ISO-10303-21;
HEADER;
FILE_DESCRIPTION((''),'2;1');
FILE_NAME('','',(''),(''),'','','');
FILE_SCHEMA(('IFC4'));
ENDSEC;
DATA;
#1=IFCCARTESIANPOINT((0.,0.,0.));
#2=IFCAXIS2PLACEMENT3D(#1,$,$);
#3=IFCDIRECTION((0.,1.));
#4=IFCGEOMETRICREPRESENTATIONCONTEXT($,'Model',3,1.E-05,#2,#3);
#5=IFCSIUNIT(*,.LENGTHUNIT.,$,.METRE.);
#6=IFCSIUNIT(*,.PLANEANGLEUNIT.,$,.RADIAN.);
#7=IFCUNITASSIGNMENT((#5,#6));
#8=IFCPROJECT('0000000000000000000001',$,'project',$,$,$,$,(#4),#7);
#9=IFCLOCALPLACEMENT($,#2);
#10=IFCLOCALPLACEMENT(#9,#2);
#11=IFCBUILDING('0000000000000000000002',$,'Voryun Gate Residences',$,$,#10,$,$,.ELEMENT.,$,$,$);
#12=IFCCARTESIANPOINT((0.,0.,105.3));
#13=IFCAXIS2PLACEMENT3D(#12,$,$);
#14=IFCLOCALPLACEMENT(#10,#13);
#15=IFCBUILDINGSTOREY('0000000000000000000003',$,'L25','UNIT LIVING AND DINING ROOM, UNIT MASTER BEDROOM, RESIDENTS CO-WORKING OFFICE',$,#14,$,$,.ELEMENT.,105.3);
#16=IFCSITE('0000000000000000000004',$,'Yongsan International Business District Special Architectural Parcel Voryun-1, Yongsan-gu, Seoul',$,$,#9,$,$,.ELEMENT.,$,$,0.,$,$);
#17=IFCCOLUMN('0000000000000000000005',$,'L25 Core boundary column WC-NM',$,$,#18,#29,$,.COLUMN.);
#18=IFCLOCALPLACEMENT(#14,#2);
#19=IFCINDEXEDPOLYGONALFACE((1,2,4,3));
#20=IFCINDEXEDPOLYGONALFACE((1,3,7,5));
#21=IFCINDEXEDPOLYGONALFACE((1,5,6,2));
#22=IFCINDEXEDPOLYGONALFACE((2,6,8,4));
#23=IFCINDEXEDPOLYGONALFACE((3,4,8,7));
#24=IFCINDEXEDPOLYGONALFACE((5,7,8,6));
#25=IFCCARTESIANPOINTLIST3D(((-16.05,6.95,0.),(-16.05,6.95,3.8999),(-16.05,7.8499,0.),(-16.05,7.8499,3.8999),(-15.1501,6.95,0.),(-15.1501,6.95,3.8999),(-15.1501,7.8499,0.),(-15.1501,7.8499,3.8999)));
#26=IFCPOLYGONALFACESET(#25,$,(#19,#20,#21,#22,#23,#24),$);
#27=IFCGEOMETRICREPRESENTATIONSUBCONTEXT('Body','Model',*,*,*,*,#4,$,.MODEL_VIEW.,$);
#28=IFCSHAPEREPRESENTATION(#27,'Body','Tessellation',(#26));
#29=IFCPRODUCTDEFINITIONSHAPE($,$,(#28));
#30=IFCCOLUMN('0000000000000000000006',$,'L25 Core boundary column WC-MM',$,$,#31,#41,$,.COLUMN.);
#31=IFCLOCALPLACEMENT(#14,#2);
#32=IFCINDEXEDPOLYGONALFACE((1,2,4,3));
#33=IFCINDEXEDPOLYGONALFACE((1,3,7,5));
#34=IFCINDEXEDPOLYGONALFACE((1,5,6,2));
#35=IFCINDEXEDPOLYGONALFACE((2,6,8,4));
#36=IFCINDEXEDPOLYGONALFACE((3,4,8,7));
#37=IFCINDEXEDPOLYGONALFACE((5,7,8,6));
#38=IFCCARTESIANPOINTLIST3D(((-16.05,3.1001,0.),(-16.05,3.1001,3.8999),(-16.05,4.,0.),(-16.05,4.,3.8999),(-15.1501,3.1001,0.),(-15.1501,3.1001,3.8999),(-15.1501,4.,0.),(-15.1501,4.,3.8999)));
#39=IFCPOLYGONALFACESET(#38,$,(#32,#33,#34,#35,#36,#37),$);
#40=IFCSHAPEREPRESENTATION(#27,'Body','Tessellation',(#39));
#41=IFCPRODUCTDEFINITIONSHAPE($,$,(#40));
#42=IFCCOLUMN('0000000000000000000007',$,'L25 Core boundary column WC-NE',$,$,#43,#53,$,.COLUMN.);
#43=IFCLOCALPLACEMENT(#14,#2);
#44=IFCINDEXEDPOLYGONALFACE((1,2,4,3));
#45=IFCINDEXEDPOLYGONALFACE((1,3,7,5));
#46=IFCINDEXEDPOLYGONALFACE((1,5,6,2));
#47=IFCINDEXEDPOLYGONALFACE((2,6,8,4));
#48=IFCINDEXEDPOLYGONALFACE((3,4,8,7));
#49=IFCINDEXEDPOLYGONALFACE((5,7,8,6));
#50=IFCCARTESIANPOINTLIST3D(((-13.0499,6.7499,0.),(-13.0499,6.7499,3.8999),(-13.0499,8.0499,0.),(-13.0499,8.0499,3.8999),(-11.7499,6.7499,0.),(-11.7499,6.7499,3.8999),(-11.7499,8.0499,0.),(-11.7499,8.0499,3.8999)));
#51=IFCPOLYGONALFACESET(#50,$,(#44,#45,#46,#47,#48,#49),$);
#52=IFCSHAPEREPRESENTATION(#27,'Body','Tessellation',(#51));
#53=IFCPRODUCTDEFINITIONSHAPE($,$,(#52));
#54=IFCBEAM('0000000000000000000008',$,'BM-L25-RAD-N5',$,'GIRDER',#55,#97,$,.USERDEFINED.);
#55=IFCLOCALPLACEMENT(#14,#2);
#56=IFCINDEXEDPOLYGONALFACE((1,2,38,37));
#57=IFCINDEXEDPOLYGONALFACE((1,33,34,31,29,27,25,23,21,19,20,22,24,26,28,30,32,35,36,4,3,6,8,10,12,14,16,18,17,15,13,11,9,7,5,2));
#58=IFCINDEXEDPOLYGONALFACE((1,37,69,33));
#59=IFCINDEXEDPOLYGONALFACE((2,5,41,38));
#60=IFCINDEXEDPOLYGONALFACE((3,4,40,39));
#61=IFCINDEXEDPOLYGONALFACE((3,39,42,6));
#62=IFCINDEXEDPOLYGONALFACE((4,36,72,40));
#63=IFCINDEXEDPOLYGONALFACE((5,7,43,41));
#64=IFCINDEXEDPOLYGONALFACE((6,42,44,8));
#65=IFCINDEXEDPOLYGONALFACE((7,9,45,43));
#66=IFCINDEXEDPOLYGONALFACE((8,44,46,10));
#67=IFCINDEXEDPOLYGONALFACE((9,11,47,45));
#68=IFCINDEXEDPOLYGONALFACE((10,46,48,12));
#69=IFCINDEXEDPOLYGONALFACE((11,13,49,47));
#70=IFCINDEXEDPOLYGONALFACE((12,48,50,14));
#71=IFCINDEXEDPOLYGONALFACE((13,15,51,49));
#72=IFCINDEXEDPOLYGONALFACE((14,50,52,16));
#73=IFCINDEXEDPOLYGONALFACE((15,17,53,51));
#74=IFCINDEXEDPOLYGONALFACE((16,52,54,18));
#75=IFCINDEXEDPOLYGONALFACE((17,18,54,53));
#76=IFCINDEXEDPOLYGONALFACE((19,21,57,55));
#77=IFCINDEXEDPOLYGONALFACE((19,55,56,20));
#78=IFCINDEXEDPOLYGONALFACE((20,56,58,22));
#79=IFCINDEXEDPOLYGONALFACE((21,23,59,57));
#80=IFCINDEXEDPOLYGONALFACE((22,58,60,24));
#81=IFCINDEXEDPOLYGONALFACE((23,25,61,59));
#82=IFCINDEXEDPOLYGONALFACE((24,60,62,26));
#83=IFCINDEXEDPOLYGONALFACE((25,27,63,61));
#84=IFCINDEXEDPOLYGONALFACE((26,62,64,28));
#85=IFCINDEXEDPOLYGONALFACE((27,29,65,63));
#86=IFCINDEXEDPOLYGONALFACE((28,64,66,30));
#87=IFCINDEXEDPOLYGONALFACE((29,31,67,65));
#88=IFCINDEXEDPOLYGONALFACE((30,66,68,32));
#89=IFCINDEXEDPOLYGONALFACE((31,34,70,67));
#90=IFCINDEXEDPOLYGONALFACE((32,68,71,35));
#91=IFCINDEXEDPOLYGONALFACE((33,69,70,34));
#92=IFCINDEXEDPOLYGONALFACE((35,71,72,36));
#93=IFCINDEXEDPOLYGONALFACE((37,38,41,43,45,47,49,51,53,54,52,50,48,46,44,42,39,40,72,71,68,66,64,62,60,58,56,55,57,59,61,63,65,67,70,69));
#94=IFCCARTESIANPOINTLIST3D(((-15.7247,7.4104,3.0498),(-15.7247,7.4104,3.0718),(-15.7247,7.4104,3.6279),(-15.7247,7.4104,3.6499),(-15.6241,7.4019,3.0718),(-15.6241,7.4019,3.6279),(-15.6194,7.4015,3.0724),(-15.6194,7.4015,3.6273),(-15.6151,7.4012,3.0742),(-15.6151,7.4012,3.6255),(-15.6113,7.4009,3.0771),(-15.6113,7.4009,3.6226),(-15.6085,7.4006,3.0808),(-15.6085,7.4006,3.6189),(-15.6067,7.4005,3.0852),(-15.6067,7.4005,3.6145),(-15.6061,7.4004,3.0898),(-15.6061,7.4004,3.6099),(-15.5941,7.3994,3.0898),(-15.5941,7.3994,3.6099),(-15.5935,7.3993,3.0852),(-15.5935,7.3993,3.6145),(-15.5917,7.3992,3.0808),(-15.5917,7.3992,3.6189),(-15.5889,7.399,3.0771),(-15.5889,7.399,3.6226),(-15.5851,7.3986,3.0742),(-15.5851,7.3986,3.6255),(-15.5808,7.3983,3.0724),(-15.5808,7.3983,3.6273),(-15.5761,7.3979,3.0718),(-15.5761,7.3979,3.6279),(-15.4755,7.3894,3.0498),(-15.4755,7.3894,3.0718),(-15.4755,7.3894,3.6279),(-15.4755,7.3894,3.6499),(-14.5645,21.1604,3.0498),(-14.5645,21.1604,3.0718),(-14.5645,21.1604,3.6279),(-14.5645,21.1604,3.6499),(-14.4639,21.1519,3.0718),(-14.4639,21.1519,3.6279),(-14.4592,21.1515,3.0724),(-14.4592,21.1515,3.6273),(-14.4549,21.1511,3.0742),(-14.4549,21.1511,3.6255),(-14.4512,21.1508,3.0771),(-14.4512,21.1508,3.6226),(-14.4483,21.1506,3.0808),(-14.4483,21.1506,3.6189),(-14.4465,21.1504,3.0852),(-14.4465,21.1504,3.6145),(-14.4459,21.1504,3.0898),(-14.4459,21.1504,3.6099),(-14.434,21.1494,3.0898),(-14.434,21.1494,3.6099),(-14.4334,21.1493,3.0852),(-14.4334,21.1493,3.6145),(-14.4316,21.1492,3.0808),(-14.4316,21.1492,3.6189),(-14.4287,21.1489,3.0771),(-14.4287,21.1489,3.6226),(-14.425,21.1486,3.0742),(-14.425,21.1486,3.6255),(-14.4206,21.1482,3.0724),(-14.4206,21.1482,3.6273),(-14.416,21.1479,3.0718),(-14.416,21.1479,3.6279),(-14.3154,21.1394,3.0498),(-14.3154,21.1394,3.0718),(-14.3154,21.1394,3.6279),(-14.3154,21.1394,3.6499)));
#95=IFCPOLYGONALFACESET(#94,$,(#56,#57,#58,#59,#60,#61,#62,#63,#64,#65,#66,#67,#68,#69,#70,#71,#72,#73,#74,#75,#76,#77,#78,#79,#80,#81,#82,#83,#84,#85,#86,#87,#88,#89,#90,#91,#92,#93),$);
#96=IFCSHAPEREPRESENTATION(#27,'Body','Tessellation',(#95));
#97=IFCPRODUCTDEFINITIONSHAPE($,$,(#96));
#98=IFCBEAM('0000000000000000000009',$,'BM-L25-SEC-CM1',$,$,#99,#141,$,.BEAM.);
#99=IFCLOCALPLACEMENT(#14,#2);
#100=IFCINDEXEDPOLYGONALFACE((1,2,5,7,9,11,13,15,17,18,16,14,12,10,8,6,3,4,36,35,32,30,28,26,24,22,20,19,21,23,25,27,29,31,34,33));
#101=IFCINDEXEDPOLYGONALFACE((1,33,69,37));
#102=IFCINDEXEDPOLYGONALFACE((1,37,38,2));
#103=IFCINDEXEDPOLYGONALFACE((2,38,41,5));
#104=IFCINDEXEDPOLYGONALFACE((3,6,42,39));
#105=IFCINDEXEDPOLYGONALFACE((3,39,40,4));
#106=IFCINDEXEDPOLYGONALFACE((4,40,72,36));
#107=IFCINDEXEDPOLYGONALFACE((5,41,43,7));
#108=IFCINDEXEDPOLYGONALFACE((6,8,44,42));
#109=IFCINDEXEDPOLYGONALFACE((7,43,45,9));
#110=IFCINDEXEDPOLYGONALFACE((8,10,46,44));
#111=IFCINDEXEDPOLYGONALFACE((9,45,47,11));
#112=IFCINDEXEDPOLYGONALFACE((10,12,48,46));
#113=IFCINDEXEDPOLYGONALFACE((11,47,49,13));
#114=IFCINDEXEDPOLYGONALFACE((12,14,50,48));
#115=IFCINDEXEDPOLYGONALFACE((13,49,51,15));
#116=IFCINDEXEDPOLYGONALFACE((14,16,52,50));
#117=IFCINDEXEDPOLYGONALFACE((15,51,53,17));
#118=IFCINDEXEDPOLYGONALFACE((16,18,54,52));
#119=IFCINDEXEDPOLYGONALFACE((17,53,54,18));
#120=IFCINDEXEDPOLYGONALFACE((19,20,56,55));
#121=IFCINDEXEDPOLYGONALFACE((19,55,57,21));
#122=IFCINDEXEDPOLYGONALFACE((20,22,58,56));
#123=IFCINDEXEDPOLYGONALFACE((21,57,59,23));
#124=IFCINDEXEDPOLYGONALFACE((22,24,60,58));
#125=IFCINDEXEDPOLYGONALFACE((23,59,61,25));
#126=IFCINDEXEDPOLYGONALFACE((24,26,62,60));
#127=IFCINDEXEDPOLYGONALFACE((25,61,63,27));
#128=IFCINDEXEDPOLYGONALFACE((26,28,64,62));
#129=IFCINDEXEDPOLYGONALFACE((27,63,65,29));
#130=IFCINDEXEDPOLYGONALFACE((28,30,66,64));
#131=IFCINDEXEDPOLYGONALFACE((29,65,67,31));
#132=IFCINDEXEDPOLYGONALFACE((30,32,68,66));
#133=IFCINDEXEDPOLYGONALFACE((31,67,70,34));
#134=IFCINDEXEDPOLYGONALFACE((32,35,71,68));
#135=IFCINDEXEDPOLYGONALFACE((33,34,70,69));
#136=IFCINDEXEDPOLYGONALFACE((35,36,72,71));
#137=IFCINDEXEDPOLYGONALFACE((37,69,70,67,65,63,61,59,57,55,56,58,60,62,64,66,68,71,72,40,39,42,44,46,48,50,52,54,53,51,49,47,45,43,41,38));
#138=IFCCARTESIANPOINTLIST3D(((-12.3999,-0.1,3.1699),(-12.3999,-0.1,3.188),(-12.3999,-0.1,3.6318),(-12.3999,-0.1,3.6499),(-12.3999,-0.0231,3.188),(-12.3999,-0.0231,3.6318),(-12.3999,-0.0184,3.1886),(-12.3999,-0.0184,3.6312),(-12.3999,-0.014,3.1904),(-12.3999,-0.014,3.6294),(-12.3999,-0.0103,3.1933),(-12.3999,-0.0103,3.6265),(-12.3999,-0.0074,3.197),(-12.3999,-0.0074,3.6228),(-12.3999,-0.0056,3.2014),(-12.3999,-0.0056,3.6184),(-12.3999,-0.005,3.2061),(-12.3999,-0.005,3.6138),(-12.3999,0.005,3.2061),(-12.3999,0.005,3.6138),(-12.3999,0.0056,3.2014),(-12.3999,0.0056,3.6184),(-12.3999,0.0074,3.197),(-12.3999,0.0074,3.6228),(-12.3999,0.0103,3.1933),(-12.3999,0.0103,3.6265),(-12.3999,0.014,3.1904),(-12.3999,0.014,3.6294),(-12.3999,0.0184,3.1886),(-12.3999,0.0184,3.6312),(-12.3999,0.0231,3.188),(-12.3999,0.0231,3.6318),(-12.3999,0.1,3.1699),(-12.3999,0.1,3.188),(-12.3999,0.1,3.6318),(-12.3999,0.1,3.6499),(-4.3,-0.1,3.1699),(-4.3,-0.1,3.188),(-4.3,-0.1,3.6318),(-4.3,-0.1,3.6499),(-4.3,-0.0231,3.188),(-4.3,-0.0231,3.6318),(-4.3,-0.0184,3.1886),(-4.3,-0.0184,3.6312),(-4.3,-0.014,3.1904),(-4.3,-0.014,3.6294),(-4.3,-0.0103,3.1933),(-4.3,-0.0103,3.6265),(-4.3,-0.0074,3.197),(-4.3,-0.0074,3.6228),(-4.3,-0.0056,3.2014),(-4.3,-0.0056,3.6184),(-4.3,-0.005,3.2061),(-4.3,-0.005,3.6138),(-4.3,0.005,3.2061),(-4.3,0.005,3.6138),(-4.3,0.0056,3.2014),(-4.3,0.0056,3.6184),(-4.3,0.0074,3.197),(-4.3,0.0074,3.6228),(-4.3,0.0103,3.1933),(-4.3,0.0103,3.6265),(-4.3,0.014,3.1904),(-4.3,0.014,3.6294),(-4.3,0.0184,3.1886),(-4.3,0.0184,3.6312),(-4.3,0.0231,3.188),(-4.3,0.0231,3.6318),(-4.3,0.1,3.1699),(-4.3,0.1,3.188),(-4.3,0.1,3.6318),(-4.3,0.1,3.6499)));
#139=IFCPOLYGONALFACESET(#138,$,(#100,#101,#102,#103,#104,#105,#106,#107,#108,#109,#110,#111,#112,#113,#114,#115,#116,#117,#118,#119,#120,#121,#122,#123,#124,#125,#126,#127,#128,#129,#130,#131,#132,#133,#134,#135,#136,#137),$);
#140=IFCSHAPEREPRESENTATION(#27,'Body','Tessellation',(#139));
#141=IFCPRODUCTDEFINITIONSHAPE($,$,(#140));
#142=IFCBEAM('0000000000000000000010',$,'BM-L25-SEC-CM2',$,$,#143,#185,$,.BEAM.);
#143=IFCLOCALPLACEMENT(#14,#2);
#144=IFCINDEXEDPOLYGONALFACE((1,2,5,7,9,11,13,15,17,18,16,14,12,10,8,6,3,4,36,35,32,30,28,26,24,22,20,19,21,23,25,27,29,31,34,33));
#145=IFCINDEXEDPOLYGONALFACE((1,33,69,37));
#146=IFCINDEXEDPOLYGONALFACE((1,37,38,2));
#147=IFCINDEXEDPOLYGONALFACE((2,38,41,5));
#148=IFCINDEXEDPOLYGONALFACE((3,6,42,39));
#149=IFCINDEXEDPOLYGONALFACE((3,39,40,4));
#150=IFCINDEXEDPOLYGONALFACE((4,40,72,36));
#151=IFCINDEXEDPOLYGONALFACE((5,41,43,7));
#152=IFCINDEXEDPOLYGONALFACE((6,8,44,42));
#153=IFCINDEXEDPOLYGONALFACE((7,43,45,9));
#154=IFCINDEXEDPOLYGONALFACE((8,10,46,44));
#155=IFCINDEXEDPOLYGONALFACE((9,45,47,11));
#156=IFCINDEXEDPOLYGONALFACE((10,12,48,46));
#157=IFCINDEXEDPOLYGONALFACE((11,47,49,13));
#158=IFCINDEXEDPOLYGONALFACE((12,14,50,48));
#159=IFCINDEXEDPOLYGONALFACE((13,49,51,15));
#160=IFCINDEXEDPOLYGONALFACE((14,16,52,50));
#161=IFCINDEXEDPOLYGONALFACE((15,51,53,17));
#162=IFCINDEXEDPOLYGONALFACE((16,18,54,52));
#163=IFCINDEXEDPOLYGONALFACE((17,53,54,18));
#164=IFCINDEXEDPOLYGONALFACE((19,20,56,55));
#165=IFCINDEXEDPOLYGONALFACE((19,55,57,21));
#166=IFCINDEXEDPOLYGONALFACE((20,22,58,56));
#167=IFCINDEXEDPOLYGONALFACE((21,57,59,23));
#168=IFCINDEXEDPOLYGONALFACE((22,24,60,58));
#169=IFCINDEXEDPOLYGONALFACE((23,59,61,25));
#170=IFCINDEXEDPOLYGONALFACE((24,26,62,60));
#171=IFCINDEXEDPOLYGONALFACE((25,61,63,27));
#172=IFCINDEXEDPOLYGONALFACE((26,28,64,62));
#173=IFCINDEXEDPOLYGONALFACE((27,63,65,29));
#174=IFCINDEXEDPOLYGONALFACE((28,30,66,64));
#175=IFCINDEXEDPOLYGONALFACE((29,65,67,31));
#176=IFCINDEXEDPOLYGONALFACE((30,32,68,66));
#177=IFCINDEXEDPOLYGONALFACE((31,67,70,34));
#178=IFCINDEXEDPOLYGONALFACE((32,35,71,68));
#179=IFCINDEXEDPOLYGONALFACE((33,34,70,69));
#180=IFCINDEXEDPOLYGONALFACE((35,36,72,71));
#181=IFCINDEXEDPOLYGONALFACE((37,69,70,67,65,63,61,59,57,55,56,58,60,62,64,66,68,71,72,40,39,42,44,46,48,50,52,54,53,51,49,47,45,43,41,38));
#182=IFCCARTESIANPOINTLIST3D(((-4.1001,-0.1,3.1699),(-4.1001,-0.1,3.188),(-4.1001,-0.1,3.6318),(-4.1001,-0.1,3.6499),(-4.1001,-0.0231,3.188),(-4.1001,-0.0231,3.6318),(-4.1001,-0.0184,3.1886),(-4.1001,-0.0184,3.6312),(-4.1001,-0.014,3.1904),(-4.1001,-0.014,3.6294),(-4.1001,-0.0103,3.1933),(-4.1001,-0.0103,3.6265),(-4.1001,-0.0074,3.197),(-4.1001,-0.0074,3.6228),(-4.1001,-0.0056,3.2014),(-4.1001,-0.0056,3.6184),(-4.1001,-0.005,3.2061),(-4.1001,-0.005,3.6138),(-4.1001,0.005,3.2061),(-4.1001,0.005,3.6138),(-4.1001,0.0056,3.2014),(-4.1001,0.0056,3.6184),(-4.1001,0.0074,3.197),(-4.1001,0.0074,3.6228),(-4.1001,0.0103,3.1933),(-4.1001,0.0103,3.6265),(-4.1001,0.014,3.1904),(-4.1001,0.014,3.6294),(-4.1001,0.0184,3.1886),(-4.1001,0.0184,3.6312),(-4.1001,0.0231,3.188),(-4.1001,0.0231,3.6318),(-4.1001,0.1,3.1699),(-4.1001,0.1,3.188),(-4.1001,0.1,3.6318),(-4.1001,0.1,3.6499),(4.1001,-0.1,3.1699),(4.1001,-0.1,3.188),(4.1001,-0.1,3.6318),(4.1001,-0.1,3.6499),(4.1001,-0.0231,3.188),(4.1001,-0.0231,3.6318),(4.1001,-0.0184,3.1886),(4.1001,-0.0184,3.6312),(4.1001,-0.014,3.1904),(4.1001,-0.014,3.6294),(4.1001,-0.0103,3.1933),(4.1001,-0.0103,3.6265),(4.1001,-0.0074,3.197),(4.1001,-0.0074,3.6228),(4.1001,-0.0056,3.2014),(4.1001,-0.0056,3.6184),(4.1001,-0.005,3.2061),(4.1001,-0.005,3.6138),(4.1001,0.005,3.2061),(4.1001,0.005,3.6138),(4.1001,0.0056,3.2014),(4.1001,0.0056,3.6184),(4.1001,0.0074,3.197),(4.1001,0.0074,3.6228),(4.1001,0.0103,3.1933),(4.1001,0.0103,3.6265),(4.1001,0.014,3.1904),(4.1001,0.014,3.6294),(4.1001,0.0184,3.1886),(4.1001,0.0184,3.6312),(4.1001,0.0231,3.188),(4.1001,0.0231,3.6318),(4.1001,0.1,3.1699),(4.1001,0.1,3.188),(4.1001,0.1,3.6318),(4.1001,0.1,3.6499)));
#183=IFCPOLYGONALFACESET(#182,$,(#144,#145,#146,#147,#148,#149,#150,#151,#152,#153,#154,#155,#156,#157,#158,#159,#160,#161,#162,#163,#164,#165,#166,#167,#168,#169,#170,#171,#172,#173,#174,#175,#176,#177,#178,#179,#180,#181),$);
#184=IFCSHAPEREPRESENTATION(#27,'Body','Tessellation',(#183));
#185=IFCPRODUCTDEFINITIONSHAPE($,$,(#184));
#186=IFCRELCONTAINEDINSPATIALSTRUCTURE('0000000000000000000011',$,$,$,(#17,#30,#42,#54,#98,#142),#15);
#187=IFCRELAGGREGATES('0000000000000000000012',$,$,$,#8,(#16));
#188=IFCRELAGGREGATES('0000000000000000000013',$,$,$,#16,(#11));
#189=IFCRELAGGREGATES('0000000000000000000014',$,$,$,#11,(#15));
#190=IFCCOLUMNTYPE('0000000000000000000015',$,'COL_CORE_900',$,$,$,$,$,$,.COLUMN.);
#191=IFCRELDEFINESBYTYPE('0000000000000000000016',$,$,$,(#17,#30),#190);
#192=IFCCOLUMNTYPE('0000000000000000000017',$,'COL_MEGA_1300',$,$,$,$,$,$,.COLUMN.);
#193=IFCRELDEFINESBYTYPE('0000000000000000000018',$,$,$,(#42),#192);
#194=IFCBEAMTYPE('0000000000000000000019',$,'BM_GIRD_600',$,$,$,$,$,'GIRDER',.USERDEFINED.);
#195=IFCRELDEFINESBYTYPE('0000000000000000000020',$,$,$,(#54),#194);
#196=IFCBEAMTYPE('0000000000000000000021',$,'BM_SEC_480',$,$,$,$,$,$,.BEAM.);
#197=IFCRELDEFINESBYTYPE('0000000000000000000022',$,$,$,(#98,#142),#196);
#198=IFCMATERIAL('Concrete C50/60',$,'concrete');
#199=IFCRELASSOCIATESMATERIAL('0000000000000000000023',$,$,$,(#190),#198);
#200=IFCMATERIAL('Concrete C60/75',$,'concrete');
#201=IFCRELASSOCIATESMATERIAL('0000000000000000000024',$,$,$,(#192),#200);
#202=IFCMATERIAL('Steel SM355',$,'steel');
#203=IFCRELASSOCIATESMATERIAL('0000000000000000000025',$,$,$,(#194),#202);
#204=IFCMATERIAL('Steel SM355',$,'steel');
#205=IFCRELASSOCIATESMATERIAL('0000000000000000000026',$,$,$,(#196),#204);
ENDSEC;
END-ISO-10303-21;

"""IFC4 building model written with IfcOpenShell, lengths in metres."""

from ifc_helpers import new_model, si_unit, direction, frame, origin, origin_2d, place, context, subcontext, project, spatial, rectangle, i_section, extrude, material, material_profile, profile_set, type_object, element, save


model = new_model("IFC4")

# Units and contexts
model_context = context("Model", 3, precision=1e-05, world=origin(), true_north=direction((0.0, 1.0)))
body_context = subcontext(model_context, "Body", "Model", "MODEL_VIEW")
ifc_project = project(units=[si_unit("LENGTHUNIT", "METRE"), si_unit("PLANEANGLEUNIT", "RADIAN")], contexts=[model_context])

# Site, building, storey
site_placement = place(None, origin())
site = spatial("IfcSite", under=ifc_project, at=site_placement, Name="Yongsan International Business District Special Architectural Parcel Voryun-1, Yongsan-gu, Seoul", CompositionType="ELEMENT", RefElevation=0.0)
building_placement = place(site_placement, origin())
building = spatial("IfcBuilding", under=site, at=building_placement, Name="Voryun Gate Residences", CompositionType="ELEMENT")
storey_placement = place(building_placement, frame((0.0, 0.0, 105.3)))
storey = spatial("IfcBuildingStorey", under=building, at=storey_placement, Name="L25", Description="UNIT LIVING AND DINING ROOM, UNIT MASTER BEDROOM, RESIDENTS CO-WORKING OFFICE", CompositionType="ELEMENT", Elevation=105.3)

# Columns
ifc_material_1 = material(Name="Concrete C50/60", Category="concrete")
ifc_material_profile_1 = material_profile(ifc_material_1, rectangle(XDim=0.8999, YDim=0.8999, at=origin_2d()), Name="RC-900x900")
ifc_profile_set_1 = profile_set([ifc_material_profile_1], Name="Concrete C50/60")
column_type_1 = type_object("IfcColumnType", Name="COL_CORE_900", PredefinedType="COLUMN", material=ifc_profile_set_1)
for number, where, z_axis, x_axis, name in (
    (1, (-15.6001, 7.3999, 0.0), (0.0, 0.0, 1.0), (1.0, 0.0, 0.0), "L25 Core boundary column WC-NM"),
    (2, (-15.6001, 3.55, 0.0), (0.0, 0.0, 1.0), (1.0, 0.0, 0.0), "L25 Core boundary column WC-MM"),
):
    element("IfcColumn", number, at=place(storey_placement, frame(where, z_axis=z_axis, x_axis=x_axis)), inside=storey, type_object=column_type_1, Name=name, PredefinedType="COLUMN", context=body_context, shape_type="SweptSolid", body=[
        extrude(rectangle(XDim=0.8999, YDim=0.8999, at=origin_2d()), origin(), (0.0, 0.0, 1.0), 3.8999),
    ])
ifc_material_2 = material(Name="Concrete C60/75", Category="concrete")
ifc_material_profile_2 = material_profile(ifc_material_2, rectangle(XDim=1.3, YDim=1.3, at=origin_2d()), Name="RC-1300x1300")
ifc_profile_set_2 = profile_set([ifc_material_profile_2], Name="Concrete C60/75")
column_type_2 = type_object("IfcColumnType", Name="COL_MEGA_1300", PredefinedType="COLUMN", material=ifc_profile_set_2)
column_placement = place(storey_placement, frame((-12.3999, 7.3999, 0.0), z_axis=(0.0, 0.0, 1.0), x_axis=(1.0, 0.0, 0.0)))
element("IfcColumn", 3, at=column_placement, inside=storey, type_object=column_type_2, Name="L25 Core boundary column WC-NE", PredefinedType="COLUMN", context=body_context, shape_type="SweptSolid", body=[
    extrude(rectangle(XDim=1.3, YDim=1.3, at=origin_2d()), origin(), (0.0, 0.0, 1.0), 3.8999),
])

# Beams
ifc_material_3 = material(Name="Steel SM355", Category="steel")
ifc_material_profile_3 = material_profile(ifc_material_3, i_section(OverallWidth=0.25, OverallDepth=0.6001, WebThickness=0.012, FlangeThickness=0.022, FilletRadius=0.0181, at=origin_2d()), Name="H-600x250x12x22")
ifc_profile_set_3 = profile_set([ifc_material_profile_3], Name="Steel SM355")
beam_type_1 = type_object("IfcBeamType", Name="BM_GIRD_600", ElementType="GIRDER", PredefinedType="USERDEFINED", material=ifc_profile_set_3)
beam_1_placement = place(storey_placement, frame((-15.6001, 7.3999, 3.3499), z_axis=(0.084076, 0.996459, 0.0), x_axis=(-0.996459, 0.084076, 0.0)))
element("IfcBeam", 4, at=beam_1_placement, inside=storey, type_object=beam_type_1, Name="BM-L25-RAD-N5", ObjectType="GIRDER", PredefinedType="USERDEFINED", context=body_context, shape_type="SweptSolid", body=[
    extrude(i_section(OverallWidth=0.25, OverallDepth=0.6001, WebThickness=0.012, FlangeThickness=0.022, FilletRadius=0.0181, at=origin_2d()), origin(), (0.0, 0.0, 1.0), 13.7988),
])
ifc_material_4 = material(Name="Steel SM355", Category="steel")
ifc_material_profile_4 = material_profile(ifc_material_4, i_section(OverallWidth=0.2, OverallDepth=0.48, WebThickness=0.01, FlangeThickness=0.0181, FilletRadius=0.0181, at=origin_2d()), Name="H-480x200x10x18")
ifc_profile_set_4 = profile_set([ifc_material_profile_4], Name="Steel SM355")
beam_type_2 = type_object("IfcBeamType", Name="BM_SEC_480", PredefinedType="BEAM", material=ifc_profile_set_4)
beam_2_placement = place(storey_placement, frame((-12.3999, 0.0, 3.4099), z_axis=(1.0, 0.0, 0.0), x_axis=(0.0, 1.0, 0.0)))
element("IfcBeam", 5, at=beam_2_placement, inside=storey, type_object=beam_type_2, Name="BM-L25-SEC-CM1", PredefinedType="BEAM", context=body_context, shape_type="SweptSolid", body=[
    extrude(i_section(OverallWidth=0.2, OverallDepth=0.48, WebThickness=0.01, FlangeThickness=0.0181, FilletRadius=0.0181, at=origin_2d()), origin(), (0.0, 0.0, 1.0), 8.0999),
])
beam_3_placement = place(storey_placement, frame((-4.1001, 0.0, 3.4099), z_axis=(1.0, 0.0, 0.0), x_axis=(0.0, 1.0, 0.0)))
element("IfcBeam", 6, at=beam_3_placement, inside=storey, type_object=beam_type_2, Name="BM-L25-SEC-CM2", PredefinedType="BEAM", context=body_context, shape_type="SweptSolid", body=[
    extrude(i_section(OverallWidth=0.2, OverallDepth=0.48, WebThickness=0.01, FlangeThickness=0.0181, FilletRadius=0.0181, at=origin_2d()), origin(), (0.0, 0.0, 1.0), 8.2002),
])

save(model, "model.ifc")
